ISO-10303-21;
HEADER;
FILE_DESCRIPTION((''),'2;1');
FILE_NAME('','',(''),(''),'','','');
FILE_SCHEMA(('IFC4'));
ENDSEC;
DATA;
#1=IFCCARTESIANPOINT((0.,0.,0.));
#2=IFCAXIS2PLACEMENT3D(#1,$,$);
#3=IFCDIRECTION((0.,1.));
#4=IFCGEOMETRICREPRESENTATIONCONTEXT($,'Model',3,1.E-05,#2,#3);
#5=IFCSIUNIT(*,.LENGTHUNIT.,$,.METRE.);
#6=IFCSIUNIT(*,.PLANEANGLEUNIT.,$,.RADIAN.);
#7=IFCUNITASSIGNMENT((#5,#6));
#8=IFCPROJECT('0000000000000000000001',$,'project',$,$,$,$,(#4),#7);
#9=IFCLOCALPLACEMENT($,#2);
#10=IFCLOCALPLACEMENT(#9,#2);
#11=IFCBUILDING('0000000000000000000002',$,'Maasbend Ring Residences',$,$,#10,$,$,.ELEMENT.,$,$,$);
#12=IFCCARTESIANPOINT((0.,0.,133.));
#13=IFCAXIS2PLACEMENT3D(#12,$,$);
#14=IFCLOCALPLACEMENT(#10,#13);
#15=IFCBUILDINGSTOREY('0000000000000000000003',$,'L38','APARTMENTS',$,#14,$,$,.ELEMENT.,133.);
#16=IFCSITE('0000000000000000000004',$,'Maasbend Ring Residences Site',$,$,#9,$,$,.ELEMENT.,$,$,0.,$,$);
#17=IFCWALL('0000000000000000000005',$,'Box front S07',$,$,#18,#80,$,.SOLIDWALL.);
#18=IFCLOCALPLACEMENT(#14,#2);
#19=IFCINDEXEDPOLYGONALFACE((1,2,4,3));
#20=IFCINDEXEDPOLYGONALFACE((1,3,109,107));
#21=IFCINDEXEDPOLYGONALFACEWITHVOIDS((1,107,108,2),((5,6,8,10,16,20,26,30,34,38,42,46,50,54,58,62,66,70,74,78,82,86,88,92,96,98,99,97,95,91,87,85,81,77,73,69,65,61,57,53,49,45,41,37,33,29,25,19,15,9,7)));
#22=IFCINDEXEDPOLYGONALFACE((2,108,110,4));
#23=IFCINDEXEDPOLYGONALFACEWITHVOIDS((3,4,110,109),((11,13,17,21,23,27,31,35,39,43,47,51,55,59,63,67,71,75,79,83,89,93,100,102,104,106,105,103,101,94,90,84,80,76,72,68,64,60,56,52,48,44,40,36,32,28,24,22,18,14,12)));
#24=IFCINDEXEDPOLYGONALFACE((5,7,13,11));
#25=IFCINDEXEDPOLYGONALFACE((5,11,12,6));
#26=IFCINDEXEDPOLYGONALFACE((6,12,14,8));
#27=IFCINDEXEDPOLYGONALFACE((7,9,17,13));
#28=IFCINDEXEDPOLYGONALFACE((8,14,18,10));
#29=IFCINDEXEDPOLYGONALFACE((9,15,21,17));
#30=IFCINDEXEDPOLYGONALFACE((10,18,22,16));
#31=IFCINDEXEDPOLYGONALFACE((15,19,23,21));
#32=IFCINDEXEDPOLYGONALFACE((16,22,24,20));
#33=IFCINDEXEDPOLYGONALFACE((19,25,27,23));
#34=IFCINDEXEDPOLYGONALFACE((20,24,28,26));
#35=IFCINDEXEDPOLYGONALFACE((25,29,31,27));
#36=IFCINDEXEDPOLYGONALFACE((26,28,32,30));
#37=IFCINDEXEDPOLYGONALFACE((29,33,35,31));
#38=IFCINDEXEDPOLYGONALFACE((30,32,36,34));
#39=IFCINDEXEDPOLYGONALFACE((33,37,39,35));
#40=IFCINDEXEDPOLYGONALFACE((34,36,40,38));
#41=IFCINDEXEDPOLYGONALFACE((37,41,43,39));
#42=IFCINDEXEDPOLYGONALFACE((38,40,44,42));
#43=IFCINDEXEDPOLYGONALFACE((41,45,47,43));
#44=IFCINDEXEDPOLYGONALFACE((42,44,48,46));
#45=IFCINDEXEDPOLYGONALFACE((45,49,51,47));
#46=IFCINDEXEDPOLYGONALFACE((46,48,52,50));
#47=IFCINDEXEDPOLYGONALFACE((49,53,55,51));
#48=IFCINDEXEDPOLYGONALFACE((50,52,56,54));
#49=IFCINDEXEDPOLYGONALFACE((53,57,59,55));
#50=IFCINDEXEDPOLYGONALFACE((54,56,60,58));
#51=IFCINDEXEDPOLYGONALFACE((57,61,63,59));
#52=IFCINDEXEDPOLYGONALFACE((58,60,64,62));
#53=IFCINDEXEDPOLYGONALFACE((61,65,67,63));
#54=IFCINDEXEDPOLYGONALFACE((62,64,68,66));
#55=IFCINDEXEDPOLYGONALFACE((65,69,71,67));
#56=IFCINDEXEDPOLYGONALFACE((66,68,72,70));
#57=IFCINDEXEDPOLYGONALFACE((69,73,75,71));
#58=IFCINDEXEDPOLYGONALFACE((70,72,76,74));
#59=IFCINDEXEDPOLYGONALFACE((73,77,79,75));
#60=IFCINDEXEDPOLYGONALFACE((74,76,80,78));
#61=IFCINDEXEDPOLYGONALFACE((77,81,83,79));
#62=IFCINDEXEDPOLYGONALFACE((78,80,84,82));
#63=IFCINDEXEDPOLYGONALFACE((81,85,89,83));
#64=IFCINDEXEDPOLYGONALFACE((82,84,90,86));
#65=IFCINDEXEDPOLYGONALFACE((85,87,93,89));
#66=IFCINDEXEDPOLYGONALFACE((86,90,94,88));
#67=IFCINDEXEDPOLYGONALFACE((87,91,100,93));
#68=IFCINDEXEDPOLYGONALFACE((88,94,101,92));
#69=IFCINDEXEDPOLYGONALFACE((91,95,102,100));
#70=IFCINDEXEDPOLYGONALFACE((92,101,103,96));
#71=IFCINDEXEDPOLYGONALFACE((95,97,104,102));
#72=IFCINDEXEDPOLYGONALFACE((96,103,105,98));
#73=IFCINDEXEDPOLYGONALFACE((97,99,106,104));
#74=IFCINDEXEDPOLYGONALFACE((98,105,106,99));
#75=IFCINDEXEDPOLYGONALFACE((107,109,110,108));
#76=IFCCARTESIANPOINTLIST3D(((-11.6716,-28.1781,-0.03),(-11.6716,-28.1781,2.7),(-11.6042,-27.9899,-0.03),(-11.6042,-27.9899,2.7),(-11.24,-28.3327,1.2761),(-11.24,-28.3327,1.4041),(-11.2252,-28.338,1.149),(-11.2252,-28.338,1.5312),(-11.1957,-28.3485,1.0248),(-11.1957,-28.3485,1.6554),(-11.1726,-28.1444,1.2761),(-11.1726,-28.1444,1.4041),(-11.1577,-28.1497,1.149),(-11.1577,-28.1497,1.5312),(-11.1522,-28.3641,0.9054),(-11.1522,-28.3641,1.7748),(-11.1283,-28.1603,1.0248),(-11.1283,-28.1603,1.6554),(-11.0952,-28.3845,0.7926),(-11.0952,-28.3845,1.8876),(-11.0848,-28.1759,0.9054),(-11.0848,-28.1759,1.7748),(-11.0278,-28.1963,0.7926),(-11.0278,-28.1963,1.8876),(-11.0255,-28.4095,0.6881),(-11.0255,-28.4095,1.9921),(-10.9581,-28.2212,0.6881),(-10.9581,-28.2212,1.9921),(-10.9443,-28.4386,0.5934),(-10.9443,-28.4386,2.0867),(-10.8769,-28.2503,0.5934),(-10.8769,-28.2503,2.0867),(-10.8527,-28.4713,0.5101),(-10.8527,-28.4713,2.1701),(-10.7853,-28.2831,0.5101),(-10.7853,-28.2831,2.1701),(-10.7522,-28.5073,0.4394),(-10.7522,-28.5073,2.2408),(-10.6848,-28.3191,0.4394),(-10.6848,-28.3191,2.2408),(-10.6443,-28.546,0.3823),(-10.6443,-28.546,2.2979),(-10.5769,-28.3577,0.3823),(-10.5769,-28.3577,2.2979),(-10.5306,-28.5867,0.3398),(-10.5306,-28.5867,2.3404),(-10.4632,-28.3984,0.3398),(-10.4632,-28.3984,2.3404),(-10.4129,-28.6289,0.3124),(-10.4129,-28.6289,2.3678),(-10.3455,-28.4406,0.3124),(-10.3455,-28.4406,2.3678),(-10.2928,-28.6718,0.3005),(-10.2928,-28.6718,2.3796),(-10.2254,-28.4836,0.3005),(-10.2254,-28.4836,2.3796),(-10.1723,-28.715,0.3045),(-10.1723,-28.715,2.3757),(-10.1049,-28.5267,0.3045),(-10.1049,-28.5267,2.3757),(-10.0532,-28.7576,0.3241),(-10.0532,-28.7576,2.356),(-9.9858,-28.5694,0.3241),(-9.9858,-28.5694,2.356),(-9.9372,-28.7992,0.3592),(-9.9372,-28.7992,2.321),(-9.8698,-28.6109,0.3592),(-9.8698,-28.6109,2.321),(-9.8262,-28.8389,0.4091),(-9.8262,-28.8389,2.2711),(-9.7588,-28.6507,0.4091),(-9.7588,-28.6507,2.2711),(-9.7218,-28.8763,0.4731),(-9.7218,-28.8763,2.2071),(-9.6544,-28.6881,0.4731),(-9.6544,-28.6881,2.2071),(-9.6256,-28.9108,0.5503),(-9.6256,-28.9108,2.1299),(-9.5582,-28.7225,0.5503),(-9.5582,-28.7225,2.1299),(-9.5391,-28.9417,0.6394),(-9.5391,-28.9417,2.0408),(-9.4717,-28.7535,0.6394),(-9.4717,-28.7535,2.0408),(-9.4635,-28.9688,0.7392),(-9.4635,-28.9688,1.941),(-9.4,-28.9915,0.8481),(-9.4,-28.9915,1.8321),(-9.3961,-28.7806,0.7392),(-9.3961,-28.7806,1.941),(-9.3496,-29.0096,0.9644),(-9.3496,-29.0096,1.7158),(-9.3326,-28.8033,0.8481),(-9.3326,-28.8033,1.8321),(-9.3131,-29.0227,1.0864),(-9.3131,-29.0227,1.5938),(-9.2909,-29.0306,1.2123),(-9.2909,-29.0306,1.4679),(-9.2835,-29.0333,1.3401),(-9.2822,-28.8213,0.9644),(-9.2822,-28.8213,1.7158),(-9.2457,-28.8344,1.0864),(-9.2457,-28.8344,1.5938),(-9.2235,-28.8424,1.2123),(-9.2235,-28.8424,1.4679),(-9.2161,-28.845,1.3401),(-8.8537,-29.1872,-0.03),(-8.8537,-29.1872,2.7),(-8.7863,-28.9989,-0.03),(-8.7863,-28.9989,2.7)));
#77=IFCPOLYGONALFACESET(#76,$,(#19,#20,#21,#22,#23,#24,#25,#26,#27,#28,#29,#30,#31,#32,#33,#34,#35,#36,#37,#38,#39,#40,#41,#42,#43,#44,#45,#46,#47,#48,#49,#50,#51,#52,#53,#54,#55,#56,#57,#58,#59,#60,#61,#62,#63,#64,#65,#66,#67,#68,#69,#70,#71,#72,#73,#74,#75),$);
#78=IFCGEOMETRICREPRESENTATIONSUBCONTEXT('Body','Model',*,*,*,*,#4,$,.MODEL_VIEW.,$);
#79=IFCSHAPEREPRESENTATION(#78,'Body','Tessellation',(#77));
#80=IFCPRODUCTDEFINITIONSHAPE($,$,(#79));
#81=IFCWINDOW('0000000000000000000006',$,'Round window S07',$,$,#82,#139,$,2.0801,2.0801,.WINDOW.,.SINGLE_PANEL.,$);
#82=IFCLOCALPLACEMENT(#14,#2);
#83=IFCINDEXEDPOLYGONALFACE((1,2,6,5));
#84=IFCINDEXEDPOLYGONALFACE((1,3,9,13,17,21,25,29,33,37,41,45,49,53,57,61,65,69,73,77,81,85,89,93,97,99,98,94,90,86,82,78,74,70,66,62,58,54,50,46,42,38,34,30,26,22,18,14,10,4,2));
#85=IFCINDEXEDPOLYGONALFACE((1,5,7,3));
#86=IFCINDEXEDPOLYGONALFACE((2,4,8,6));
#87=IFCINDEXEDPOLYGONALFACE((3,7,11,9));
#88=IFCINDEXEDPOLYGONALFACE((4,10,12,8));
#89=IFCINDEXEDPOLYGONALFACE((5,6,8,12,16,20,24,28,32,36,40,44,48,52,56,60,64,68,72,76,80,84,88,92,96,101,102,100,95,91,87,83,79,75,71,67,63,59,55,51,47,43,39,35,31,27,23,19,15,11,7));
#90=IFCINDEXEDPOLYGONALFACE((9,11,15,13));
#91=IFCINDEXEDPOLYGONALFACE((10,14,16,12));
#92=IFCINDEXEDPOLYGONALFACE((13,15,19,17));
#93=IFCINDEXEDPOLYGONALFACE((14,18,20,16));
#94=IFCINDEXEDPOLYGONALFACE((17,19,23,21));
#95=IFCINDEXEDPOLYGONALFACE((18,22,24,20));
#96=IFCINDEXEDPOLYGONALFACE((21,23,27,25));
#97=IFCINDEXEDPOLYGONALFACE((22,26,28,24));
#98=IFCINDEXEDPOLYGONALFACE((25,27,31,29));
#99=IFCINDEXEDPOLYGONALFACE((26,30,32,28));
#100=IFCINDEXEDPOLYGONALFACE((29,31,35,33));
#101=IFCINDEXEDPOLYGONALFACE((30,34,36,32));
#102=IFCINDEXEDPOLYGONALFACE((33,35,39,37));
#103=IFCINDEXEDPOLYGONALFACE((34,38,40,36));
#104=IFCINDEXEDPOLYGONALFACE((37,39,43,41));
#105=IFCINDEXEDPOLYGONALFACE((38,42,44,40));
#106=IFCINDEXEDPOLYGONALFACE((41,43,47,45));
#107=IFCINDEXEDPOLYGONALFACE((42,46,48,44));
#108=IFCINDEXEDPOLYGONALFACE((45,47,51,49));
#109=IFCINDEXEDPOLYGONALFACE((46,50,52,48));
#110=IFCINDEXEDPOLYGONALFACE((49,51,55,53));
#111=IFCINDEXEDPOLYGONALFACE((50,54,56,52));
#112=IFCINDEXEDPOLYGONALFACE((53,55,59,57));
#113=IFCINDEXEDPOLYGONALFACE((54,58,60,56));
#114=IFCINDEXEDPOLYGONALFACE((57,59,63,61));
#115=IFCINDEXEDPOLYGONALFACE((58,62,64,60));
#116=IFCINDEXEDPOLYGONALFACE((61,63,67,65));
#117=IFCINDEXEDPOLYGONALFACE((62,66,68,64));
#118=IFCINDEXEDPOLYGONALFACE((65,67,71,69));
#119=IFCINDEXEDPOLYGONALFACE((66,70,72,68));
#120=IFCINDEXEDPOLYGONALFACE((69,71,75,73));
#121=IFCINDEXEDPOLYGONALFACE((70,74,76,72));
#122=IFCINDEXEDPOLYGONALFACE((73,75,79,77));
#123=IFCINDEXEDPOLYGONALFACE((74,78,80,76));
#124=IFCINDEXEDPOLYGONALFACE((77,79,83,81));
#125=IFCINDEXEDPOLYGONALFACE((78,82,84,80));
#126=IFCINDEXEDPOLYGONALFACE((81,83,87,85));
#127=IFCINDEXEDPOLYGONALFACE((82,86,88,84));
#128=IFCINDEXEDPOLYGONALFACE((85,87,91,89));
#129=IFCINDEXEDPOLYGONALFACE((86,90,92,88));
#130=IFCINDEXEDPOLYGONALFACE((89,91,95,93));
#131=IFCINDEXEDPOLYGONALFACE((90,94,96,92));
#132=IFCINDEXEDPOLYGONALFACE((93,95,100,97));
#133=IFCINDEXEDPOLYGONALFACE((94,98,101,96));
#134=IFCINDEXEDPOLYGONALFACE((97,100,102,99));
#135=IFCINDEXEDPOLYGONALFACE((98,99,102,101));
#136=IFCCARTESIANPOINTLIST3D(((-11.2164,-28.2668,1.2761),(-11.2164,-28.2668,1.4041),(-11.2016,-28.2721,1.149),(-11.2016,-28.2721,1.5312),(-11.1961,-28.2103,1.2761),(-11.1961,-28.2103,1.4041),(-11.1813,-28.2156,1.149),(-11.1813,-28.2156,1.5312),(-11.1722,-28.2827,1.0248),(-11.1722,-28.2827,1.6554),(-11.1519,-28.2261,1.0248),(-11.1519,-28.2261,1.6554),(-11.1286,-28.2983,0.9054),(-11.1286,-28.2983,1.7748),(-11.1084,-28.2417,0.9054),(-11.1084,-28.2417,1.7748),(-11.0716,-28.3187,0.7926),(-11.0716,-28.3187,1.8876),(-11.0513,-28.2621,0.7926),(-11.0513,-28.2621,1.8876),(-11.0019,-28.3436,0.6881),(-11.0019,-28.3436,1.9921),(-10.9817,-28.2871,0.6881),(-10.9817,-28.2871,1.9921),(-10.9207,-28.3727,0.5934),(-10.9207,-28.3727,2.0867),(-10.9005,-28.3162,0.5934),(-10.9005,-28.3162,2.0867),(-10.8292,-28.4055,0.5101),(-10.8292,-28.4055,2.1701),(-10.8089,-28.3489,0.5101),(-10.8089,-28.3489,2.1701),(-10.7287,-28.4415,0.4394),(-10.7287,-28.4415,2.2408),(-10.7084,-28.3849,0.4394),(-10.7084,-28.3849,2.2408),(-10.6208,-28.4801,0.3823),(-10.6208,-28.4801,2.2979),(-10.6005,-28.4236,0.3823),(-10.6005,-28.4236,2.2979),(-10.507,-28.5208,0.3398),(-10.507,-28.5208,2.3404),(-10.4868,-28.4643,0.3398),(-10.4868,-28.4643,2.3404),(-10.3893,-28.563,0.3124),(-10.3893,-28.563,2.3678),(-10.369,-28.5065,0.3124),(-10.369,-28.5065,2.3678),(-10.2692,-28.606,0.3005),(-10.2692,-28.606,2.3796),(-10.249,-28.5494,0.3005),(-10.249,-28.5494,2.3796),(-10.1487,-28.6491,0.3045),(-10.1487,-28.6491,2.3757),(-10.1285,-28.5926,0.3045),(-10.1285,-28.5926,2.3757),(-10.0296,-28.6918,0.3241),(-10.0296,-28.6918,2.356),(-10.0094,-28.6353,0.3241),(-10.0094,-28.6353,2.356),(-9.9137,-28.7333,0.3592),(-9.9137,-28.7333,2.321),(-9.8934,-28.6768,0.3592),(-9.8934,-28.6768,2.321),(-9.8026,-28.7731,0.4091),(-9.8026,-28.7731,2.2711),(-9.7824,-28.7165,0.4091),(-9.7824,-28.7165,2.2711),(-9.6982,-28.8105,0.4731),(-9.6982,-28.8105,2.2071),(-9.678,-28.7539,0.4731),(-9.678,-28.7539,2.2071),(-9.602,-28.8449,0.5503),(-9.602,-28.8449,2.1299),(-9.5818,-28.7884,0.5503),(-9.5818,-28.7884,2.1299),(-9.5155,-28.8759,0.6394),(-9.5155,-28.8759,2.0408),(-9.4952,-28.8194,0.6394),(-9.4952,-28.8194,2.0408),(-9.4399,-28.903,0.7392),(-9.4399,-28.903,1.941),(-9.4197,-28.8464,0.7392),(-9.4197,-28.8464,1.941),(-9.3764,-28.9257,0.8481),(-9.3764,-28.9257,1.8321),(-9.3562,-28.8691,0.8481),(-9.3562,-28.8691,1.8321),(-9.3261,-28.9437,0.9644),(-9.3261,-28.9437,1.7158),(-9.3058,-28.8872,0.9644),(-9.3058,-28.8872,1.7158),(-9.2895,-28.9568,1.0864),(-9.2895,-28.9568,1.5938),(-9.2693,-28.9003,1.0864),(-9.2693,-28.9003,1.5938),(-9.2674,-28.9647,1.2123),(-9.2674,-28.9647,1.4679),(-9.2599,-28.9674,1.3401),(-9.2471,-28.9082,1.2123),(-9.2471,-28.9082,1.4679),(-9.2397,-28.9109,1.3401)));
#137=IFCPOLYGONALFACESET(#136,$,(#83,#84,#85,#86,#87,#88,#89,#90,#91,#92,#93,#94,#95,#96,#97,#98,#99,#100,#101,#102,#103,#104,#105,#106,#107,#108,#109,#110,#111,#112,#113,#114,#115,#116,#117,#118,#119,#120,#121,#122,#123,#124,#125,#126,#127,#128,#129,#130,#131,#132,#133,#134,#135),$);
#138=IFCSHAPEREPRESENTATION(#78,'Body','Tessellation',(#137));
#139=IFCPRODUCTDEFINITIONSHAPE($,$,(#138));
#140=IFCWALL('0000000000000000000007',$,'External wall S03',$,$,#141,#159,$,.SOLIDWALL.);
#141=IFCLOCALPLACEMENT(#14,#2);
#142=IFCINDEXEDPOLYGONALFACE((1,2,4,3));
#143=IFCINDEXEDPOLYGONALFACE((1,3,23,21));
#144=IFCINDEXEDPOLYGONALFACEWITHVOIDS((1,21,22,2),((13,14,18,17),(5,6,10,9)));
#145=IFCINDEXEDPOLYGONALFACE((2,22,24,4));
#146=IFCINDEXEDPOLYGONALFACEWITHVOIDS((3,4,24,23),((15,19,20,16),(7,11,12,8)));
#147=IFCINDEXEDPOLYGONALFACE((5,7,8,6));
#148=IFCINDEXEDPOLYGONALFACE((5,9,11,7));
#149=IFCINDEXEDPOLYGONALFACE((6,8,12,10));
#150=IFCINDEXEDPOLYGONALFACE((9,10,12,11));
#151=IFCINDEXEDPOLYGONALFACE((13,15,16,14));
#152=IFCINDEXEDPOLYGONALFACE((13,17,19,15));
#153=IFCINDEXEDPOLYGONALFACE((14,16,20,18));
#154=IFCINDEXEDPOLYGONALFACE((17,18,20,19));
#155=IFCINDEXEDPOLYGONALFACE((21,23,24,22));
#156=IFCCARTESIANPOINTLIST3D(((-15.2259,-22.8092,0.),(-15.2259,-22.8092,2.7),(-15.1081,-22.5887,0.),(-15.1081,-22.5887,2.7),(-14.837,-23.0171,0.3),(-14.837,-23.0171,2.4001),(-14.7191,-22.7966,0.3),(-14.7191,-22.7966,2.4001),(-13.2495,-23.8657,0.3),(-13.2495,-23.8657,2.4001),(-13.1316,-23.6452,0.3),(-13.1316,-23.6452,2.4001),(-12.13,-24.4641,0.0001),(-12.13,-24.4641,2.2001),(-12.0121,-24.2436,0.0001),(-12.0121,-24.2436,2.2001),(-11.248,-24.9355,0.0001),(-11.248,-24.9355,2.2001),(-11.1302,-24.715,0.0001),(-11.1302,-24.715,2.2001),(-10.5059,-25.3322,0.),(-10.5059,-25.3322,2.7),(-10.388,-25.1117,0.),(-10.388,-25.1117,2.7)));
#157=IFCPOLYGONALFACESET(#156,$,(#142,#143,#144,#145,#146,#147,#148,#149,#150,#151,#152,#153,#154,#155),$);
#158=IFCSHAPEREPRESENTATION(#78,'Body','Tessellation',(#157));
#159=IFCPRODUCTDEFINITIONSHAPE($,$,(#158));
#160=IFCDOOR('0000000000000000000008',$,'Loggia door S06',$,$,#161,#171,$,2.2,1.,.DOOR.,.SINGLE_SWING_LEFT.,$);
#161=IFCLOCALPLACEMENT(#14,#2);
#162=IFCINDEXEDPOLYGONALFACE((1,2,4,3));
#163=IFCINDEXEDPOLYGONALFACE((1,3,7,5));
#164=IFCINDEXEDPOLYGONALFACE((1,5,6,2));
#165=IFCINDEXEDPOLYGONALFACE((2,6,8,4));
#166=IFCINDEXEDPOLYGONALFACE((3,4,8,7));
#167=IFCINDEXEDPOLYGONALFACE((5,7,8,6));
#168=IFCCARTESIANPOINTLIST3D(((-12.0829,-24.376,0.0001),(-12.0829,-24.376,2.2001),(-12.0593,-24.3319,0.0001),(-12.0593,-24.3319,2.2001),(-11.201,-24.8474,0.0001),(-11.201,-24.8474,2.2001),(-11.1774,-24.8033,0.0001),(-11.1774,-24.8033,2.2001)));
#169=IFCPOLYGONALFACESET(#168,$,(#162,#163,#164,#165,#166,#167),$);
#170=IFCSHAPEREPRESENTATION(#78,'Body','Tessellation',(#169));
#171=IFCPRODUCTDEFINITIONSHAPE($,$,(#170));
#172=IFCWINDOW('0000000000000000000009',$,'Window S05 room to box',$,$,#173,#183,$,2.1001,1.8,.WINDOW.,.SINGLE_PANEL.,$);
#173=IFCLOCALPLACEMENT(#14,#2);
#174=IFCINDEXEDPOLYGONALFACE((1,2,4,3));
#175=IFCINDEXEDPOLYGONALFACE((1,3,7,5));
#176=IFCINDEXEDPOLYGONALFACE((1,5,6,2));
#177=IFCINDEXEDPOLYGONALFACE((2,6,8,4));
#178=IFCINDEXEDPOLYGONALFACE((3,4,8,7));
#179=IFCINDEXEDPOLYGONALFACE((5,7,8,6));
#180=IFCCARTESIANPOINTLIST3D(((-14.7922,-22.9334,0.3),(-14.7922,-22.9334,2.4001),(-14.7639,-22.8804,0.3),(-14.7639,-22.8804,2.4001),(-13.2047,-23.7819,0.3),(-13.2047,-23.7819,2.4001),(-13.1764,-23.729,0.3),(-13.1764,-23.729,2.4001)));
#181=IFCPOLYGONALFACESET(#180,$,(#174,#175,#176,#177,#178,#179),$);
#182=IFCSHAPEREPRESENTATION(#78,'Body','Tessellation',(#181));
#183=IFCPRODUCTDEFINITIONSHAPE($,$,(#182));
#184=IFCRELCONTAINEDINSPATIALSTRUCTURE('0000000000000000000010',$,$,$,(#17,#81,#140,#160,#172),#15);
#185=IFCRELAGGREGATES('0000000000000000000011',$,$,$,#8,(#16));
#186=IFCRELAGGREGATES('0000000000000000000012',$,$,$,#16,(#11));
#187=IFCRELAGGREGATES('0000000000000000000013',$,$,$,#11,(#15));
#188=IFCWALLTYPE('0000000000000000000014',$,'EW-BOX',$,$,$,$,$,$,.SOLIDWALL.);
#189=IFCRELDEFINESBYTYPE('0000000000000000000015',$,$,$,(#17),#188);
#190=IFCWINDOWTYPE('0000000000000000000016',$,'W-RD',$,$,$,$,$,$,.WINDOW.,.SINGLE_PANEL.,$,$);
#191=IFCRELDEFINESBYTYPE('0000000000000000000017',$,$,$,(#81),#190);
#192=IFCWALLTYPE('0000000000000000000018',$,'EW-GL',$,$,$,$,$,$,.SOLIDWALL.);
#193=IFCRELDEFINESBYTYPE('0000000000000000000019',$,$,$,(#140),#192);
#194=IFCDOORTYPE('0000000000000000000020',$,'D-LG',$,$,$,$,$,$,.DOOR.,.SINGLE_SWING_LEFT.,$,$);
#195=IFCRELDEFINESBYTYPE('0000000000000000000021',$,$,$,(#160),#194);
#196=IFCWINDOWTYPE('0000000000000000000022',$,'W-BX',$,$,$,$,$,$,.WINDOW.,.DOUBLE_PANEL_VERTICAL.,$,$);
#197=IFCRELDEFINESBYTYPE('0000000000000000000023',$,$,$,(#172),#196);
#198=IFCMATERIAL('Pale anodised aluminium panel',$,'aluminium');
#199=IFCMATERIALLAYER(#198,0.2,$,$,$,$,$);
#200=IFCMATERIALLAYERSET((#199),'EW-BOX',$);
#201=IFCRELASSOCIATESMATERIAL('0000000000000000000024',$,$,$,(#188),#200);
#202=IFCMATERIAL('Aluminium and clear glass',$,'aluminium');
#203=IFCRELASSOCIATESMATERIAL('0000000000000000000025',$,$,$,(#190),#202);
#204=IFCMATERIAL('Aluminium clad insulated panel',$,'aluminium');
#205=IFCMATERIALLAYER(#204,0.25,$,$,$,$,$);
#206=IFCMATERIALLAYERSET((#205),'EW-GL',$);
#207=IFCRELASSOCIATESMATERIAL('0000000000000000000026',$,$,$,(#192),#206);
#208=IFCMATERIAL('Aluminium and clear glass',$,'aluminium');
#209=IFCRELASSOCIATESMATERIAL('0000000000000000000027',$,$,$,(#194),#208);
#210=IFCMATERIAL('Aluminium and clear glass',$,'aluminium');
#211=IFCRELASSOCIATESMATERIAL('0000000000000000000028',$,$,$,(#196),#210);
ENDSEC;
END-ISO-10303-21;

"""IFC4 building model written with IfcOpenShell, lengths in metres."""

from ifc_helpers import new_model, si_unit, direction, frame, frame_2d, origin, place, context, subcontext, project, spatial, rectangle, circle, extrude, material, layer, layer_set, type_object, element, fill, save


model = new_model("IFC4")

# Units and contexts
model_context = context("Model", 3, precision=1e-05, world=origin(), true_north=direction((0.0, 1.0)))
body_context = subcontext(model_context, "Body", "Model", "MODEL_VIEW")
ifc_project = project(units=[si_unit("LENGTHUNIT", "METRE"), si_unit("PLANEANGLEUNIT", "RADIAN")], contexts=[model_context])

# Site, building, storey
site_placement = place(None, origin())
site = spatial("IfcSite", under=ifc_project, at=site_placement, Name="Maasbend Ring Residences Site", CompositionType="ELEMENT", RefElevation=0.0)
building_placement = place(site_placement, origin())
building = spatial("IfcBuilding", under=site, at=building_placement, Name="Maasbend Ring Residences", CompositionType="ELEMENT")
storey_placement = place(building_placement, frame((0.0, 0.0, 133.0)))
storey = spatial("IfcBuildingStorey", under=building, at=storey_placement, Name="L38", Description="APARTMENTS", CompositionType="ELEMENT", Elevation=133.0)

# Shared definitions
ifc_material_1 = material(Name="Pale anodised aluminium panel", Category="aluminium")
ifc_layer_1 = layer(ifc_material_1, 0.2)
ifc_layer_set_1 = layer_set([ifc_layer_1], Name="EW-BOX")
wall_type_1 = type_object("IfcWallType", Name="EW-BOX", PredefinedType="SOLIDWALL", material=ifc_layer_set_1)
ifc_material_2 = material(Name="Aluminium and clear glass", Category="aluminium")
window_type_1 = type_object("IfcWindowType", Name="W-RD", PartitioningType="SINGLE_PANEL", PredefinedType="WINDOW", material=ifc_material_2)

# Wall, opening, window
wall_1_placement = place(storey_placement, frame((-11.6379, -28.084, -0.03), z_axis=(0.0, 0.0, 1.0), x_axis=(0.941461, -0.337122, 0.0)))
wall_1 = element("IfcWall", 1, at=wall_1_placement, inside=storey, type_object=wall_type_1, Name="Box front S07", PredefinedType="SOLIDWALL", context=body_context, shape_type="SweptSolid", body=[
    extrude(rectangle(XDim=2.9932, YDim=0.2, at=frame_2d((1.4966, 0.0))), origin(), (0.0, 0.0, 1.0), 2.73),
])
opening_1_placement = place(wall_1_placement, frame((0.4565, 0.0, 0.3301)))
opening_1 = element("IfcOpeningElement", 2, at=opening_1_placement, cuts=wall_1, PredefinedType="OPENING", context=body_context, shape_type="SweptSolid", body=[
    extrude(circle(Radius=1.04, at=frame_2d((1.04, 1.04))), frame((0.0, 0.1099, 0.0), z_axis=(0.0, -1.0, 0.0), x_axis=(1.0, 0.0, 0.0)), (0.0, 0.0, 1.0), 0.22),
])
window_1_placement = place(opening_1_placement, origin())
window_1 = element("IfcWindow", 3, at=window_1_placement, inside=storey, type_object=window_type_1, Name="Round window S07", OverallHeight=2.0801, OverallWidth=2.0801, PartitioningType="SINGLE_PANEL", PredefinedType="WINDOW", context=body_context, shape_type="SweptSolid", body=[
    extrude(circle(Radius=1.04, at=frame_2d((1.04, 1.04))), frame((0.0, 0.03, 0.0), z_axis=(0.0, -1.0, 0.0), x_axis=(1.0, 0.0, 0.0)), (0.0, 0.0, 1.0), 0.0601),
])
fill(opening_1, window_1)

# Wall, openings, door, window
ifc_material_3 = material(Name="Aluminium clad insulated panel", Category="aluminium")
ifc_layer_2 = layer(ifc_material_3, 0.25)
ifc_layer_set_2 = layer_set([ifc_layer_2], Name="EW-GL")
wall_type_2 = type_object("IfcWallType", Name="EW-GL", PredefinedType="SOLIDWALL", material=ifc_layer_set_2)
wall_2_placement = place(storey_placement, frame((-15.167, -22.699, 0.0), z_axis=(0.0, 0.0, 1.0), x_axis=(0.881916, -0.471407, 0.0)))
wall_2 = element("IfcWall", 4, at=wall_2_placement, inside=storey, type_object=wall_type_2, Name="External wall S03", PredefinedType="SOLIDWALL", context=body_context, shape_type="SweptSolid", body=[
    extrude(rectangle(XDim=5.3521, YDim=0.25, at=frame_2d((2.676, 0.0))), origin(), (0.0, 0.0, 1.0), 2.7),
])
opening_2_placement = place(wall_2_placement, frame((0.4412, 0.0, 0.3)))
opening_2 = element("IfcOpeningElement", 5, at=opening_2_placement, cuts=wall_2, PredefinedType="OPENING", context=body_context, shape_type="SweptSolid", body=[
    extrude(rectangle(XDim=1.8, YDim=2.1001, at=frame_2d((0.8999, 1.05))), frame((0.0, 0.135, 0.0), z_axis=(0.0, -1.0, 0.0), x_axis=(1.0, 0.0, 0.0)), (0.0, 0.0, 1.0), 0.27),
])
opening_3_placement = place(wall_2_placement, frame((3.5105, 0.0, 0.0)))
opening_3 = element("IfcOpeningElement", 6, at=opening_3_placement, cuts=wall_2, PredefinedType="OPENING", context=body_context, shape_type="SweptSolid", body=[
    extrude(rectangle(XDim=1.0, YDim=2.2, at=frame_2d((0.5, 1.1001))), frame((0.0, 0.135, 0.0), z_axis=(0.0, -1.0, 0.0), x_axis=(1.0, 0.0, 0.0)), (0.0, 0.0, 1.0), 0.27),
])
ifc_material_4 = material(Name="Aluminium and clear glass", Category="aluminium")
door_type_1 = type_object("IfcDoorType", Name="D-LG", OperationType="SINGLE_SWING_LEFT", PredefinedType="DOOR", material=ifc_material_4)
door_1_placement = place(opening_3_placement, origin())
door_1 = element("IfcDoor", 7, at=door_1_placement, inside=storey, type_object=door_type_1, Name="Loggia door S06", OperationType="SINGLE_SWING_LEFT", OverallHeight=2.2, OverallWidth=1.0, PredefinedType="DOOR", context=body_context, shape_type="SweptSolid", body=[
    extrude(rectangle(XDim=1.0, YDim=2.2, at=frame_2d((0.5, 1.1001))), frame((0.0, 0.0249, 0.0), z_axis=(0.0, -1.0, 0.0), x_axis=(1.0, 0.0, 0.0)), (0.0, 0.0, 1.0), 0.05),
])
fill(opening_3, door_1)
ifc_material_5 = material(Name="Aluminium and clear glass", Category="aluminium")
window_type_2 = type_object("IfcWindowType", Name="W-BX", PartitioningType="DOUBLE_PANEL_VERTICAL", PredefinedType="WINDOW", material=ifc_material_5)
window_2_placement = place(opening_2_placement, origin())
window_2 = element("IfcWindow", 8, at=window_2_placement, inside=storey, type_object=window_type_2, Name="Window S05 room to box", OverallHeight=2.1001, OverallWidth=1.8, PartitioningType="SINGLE_PANEL", PredefinedType="WINDOW", context=body_context, shape_type="SweptSolid", body=[
    extrude(rectangle(XDim=1.8, YDim=2.1001, at=frame_2d((0.8999, 1.05))), frame((0.0, 0.03, 0.0), z_axis=(0.0, -1.0, 0.0), x_axis=(1.0, 0.0, 0.0)), (0.0, 0.0, 1.0), 0.0601),
])
fill(opening_2, window_2)

save(model, "model.ifc")
